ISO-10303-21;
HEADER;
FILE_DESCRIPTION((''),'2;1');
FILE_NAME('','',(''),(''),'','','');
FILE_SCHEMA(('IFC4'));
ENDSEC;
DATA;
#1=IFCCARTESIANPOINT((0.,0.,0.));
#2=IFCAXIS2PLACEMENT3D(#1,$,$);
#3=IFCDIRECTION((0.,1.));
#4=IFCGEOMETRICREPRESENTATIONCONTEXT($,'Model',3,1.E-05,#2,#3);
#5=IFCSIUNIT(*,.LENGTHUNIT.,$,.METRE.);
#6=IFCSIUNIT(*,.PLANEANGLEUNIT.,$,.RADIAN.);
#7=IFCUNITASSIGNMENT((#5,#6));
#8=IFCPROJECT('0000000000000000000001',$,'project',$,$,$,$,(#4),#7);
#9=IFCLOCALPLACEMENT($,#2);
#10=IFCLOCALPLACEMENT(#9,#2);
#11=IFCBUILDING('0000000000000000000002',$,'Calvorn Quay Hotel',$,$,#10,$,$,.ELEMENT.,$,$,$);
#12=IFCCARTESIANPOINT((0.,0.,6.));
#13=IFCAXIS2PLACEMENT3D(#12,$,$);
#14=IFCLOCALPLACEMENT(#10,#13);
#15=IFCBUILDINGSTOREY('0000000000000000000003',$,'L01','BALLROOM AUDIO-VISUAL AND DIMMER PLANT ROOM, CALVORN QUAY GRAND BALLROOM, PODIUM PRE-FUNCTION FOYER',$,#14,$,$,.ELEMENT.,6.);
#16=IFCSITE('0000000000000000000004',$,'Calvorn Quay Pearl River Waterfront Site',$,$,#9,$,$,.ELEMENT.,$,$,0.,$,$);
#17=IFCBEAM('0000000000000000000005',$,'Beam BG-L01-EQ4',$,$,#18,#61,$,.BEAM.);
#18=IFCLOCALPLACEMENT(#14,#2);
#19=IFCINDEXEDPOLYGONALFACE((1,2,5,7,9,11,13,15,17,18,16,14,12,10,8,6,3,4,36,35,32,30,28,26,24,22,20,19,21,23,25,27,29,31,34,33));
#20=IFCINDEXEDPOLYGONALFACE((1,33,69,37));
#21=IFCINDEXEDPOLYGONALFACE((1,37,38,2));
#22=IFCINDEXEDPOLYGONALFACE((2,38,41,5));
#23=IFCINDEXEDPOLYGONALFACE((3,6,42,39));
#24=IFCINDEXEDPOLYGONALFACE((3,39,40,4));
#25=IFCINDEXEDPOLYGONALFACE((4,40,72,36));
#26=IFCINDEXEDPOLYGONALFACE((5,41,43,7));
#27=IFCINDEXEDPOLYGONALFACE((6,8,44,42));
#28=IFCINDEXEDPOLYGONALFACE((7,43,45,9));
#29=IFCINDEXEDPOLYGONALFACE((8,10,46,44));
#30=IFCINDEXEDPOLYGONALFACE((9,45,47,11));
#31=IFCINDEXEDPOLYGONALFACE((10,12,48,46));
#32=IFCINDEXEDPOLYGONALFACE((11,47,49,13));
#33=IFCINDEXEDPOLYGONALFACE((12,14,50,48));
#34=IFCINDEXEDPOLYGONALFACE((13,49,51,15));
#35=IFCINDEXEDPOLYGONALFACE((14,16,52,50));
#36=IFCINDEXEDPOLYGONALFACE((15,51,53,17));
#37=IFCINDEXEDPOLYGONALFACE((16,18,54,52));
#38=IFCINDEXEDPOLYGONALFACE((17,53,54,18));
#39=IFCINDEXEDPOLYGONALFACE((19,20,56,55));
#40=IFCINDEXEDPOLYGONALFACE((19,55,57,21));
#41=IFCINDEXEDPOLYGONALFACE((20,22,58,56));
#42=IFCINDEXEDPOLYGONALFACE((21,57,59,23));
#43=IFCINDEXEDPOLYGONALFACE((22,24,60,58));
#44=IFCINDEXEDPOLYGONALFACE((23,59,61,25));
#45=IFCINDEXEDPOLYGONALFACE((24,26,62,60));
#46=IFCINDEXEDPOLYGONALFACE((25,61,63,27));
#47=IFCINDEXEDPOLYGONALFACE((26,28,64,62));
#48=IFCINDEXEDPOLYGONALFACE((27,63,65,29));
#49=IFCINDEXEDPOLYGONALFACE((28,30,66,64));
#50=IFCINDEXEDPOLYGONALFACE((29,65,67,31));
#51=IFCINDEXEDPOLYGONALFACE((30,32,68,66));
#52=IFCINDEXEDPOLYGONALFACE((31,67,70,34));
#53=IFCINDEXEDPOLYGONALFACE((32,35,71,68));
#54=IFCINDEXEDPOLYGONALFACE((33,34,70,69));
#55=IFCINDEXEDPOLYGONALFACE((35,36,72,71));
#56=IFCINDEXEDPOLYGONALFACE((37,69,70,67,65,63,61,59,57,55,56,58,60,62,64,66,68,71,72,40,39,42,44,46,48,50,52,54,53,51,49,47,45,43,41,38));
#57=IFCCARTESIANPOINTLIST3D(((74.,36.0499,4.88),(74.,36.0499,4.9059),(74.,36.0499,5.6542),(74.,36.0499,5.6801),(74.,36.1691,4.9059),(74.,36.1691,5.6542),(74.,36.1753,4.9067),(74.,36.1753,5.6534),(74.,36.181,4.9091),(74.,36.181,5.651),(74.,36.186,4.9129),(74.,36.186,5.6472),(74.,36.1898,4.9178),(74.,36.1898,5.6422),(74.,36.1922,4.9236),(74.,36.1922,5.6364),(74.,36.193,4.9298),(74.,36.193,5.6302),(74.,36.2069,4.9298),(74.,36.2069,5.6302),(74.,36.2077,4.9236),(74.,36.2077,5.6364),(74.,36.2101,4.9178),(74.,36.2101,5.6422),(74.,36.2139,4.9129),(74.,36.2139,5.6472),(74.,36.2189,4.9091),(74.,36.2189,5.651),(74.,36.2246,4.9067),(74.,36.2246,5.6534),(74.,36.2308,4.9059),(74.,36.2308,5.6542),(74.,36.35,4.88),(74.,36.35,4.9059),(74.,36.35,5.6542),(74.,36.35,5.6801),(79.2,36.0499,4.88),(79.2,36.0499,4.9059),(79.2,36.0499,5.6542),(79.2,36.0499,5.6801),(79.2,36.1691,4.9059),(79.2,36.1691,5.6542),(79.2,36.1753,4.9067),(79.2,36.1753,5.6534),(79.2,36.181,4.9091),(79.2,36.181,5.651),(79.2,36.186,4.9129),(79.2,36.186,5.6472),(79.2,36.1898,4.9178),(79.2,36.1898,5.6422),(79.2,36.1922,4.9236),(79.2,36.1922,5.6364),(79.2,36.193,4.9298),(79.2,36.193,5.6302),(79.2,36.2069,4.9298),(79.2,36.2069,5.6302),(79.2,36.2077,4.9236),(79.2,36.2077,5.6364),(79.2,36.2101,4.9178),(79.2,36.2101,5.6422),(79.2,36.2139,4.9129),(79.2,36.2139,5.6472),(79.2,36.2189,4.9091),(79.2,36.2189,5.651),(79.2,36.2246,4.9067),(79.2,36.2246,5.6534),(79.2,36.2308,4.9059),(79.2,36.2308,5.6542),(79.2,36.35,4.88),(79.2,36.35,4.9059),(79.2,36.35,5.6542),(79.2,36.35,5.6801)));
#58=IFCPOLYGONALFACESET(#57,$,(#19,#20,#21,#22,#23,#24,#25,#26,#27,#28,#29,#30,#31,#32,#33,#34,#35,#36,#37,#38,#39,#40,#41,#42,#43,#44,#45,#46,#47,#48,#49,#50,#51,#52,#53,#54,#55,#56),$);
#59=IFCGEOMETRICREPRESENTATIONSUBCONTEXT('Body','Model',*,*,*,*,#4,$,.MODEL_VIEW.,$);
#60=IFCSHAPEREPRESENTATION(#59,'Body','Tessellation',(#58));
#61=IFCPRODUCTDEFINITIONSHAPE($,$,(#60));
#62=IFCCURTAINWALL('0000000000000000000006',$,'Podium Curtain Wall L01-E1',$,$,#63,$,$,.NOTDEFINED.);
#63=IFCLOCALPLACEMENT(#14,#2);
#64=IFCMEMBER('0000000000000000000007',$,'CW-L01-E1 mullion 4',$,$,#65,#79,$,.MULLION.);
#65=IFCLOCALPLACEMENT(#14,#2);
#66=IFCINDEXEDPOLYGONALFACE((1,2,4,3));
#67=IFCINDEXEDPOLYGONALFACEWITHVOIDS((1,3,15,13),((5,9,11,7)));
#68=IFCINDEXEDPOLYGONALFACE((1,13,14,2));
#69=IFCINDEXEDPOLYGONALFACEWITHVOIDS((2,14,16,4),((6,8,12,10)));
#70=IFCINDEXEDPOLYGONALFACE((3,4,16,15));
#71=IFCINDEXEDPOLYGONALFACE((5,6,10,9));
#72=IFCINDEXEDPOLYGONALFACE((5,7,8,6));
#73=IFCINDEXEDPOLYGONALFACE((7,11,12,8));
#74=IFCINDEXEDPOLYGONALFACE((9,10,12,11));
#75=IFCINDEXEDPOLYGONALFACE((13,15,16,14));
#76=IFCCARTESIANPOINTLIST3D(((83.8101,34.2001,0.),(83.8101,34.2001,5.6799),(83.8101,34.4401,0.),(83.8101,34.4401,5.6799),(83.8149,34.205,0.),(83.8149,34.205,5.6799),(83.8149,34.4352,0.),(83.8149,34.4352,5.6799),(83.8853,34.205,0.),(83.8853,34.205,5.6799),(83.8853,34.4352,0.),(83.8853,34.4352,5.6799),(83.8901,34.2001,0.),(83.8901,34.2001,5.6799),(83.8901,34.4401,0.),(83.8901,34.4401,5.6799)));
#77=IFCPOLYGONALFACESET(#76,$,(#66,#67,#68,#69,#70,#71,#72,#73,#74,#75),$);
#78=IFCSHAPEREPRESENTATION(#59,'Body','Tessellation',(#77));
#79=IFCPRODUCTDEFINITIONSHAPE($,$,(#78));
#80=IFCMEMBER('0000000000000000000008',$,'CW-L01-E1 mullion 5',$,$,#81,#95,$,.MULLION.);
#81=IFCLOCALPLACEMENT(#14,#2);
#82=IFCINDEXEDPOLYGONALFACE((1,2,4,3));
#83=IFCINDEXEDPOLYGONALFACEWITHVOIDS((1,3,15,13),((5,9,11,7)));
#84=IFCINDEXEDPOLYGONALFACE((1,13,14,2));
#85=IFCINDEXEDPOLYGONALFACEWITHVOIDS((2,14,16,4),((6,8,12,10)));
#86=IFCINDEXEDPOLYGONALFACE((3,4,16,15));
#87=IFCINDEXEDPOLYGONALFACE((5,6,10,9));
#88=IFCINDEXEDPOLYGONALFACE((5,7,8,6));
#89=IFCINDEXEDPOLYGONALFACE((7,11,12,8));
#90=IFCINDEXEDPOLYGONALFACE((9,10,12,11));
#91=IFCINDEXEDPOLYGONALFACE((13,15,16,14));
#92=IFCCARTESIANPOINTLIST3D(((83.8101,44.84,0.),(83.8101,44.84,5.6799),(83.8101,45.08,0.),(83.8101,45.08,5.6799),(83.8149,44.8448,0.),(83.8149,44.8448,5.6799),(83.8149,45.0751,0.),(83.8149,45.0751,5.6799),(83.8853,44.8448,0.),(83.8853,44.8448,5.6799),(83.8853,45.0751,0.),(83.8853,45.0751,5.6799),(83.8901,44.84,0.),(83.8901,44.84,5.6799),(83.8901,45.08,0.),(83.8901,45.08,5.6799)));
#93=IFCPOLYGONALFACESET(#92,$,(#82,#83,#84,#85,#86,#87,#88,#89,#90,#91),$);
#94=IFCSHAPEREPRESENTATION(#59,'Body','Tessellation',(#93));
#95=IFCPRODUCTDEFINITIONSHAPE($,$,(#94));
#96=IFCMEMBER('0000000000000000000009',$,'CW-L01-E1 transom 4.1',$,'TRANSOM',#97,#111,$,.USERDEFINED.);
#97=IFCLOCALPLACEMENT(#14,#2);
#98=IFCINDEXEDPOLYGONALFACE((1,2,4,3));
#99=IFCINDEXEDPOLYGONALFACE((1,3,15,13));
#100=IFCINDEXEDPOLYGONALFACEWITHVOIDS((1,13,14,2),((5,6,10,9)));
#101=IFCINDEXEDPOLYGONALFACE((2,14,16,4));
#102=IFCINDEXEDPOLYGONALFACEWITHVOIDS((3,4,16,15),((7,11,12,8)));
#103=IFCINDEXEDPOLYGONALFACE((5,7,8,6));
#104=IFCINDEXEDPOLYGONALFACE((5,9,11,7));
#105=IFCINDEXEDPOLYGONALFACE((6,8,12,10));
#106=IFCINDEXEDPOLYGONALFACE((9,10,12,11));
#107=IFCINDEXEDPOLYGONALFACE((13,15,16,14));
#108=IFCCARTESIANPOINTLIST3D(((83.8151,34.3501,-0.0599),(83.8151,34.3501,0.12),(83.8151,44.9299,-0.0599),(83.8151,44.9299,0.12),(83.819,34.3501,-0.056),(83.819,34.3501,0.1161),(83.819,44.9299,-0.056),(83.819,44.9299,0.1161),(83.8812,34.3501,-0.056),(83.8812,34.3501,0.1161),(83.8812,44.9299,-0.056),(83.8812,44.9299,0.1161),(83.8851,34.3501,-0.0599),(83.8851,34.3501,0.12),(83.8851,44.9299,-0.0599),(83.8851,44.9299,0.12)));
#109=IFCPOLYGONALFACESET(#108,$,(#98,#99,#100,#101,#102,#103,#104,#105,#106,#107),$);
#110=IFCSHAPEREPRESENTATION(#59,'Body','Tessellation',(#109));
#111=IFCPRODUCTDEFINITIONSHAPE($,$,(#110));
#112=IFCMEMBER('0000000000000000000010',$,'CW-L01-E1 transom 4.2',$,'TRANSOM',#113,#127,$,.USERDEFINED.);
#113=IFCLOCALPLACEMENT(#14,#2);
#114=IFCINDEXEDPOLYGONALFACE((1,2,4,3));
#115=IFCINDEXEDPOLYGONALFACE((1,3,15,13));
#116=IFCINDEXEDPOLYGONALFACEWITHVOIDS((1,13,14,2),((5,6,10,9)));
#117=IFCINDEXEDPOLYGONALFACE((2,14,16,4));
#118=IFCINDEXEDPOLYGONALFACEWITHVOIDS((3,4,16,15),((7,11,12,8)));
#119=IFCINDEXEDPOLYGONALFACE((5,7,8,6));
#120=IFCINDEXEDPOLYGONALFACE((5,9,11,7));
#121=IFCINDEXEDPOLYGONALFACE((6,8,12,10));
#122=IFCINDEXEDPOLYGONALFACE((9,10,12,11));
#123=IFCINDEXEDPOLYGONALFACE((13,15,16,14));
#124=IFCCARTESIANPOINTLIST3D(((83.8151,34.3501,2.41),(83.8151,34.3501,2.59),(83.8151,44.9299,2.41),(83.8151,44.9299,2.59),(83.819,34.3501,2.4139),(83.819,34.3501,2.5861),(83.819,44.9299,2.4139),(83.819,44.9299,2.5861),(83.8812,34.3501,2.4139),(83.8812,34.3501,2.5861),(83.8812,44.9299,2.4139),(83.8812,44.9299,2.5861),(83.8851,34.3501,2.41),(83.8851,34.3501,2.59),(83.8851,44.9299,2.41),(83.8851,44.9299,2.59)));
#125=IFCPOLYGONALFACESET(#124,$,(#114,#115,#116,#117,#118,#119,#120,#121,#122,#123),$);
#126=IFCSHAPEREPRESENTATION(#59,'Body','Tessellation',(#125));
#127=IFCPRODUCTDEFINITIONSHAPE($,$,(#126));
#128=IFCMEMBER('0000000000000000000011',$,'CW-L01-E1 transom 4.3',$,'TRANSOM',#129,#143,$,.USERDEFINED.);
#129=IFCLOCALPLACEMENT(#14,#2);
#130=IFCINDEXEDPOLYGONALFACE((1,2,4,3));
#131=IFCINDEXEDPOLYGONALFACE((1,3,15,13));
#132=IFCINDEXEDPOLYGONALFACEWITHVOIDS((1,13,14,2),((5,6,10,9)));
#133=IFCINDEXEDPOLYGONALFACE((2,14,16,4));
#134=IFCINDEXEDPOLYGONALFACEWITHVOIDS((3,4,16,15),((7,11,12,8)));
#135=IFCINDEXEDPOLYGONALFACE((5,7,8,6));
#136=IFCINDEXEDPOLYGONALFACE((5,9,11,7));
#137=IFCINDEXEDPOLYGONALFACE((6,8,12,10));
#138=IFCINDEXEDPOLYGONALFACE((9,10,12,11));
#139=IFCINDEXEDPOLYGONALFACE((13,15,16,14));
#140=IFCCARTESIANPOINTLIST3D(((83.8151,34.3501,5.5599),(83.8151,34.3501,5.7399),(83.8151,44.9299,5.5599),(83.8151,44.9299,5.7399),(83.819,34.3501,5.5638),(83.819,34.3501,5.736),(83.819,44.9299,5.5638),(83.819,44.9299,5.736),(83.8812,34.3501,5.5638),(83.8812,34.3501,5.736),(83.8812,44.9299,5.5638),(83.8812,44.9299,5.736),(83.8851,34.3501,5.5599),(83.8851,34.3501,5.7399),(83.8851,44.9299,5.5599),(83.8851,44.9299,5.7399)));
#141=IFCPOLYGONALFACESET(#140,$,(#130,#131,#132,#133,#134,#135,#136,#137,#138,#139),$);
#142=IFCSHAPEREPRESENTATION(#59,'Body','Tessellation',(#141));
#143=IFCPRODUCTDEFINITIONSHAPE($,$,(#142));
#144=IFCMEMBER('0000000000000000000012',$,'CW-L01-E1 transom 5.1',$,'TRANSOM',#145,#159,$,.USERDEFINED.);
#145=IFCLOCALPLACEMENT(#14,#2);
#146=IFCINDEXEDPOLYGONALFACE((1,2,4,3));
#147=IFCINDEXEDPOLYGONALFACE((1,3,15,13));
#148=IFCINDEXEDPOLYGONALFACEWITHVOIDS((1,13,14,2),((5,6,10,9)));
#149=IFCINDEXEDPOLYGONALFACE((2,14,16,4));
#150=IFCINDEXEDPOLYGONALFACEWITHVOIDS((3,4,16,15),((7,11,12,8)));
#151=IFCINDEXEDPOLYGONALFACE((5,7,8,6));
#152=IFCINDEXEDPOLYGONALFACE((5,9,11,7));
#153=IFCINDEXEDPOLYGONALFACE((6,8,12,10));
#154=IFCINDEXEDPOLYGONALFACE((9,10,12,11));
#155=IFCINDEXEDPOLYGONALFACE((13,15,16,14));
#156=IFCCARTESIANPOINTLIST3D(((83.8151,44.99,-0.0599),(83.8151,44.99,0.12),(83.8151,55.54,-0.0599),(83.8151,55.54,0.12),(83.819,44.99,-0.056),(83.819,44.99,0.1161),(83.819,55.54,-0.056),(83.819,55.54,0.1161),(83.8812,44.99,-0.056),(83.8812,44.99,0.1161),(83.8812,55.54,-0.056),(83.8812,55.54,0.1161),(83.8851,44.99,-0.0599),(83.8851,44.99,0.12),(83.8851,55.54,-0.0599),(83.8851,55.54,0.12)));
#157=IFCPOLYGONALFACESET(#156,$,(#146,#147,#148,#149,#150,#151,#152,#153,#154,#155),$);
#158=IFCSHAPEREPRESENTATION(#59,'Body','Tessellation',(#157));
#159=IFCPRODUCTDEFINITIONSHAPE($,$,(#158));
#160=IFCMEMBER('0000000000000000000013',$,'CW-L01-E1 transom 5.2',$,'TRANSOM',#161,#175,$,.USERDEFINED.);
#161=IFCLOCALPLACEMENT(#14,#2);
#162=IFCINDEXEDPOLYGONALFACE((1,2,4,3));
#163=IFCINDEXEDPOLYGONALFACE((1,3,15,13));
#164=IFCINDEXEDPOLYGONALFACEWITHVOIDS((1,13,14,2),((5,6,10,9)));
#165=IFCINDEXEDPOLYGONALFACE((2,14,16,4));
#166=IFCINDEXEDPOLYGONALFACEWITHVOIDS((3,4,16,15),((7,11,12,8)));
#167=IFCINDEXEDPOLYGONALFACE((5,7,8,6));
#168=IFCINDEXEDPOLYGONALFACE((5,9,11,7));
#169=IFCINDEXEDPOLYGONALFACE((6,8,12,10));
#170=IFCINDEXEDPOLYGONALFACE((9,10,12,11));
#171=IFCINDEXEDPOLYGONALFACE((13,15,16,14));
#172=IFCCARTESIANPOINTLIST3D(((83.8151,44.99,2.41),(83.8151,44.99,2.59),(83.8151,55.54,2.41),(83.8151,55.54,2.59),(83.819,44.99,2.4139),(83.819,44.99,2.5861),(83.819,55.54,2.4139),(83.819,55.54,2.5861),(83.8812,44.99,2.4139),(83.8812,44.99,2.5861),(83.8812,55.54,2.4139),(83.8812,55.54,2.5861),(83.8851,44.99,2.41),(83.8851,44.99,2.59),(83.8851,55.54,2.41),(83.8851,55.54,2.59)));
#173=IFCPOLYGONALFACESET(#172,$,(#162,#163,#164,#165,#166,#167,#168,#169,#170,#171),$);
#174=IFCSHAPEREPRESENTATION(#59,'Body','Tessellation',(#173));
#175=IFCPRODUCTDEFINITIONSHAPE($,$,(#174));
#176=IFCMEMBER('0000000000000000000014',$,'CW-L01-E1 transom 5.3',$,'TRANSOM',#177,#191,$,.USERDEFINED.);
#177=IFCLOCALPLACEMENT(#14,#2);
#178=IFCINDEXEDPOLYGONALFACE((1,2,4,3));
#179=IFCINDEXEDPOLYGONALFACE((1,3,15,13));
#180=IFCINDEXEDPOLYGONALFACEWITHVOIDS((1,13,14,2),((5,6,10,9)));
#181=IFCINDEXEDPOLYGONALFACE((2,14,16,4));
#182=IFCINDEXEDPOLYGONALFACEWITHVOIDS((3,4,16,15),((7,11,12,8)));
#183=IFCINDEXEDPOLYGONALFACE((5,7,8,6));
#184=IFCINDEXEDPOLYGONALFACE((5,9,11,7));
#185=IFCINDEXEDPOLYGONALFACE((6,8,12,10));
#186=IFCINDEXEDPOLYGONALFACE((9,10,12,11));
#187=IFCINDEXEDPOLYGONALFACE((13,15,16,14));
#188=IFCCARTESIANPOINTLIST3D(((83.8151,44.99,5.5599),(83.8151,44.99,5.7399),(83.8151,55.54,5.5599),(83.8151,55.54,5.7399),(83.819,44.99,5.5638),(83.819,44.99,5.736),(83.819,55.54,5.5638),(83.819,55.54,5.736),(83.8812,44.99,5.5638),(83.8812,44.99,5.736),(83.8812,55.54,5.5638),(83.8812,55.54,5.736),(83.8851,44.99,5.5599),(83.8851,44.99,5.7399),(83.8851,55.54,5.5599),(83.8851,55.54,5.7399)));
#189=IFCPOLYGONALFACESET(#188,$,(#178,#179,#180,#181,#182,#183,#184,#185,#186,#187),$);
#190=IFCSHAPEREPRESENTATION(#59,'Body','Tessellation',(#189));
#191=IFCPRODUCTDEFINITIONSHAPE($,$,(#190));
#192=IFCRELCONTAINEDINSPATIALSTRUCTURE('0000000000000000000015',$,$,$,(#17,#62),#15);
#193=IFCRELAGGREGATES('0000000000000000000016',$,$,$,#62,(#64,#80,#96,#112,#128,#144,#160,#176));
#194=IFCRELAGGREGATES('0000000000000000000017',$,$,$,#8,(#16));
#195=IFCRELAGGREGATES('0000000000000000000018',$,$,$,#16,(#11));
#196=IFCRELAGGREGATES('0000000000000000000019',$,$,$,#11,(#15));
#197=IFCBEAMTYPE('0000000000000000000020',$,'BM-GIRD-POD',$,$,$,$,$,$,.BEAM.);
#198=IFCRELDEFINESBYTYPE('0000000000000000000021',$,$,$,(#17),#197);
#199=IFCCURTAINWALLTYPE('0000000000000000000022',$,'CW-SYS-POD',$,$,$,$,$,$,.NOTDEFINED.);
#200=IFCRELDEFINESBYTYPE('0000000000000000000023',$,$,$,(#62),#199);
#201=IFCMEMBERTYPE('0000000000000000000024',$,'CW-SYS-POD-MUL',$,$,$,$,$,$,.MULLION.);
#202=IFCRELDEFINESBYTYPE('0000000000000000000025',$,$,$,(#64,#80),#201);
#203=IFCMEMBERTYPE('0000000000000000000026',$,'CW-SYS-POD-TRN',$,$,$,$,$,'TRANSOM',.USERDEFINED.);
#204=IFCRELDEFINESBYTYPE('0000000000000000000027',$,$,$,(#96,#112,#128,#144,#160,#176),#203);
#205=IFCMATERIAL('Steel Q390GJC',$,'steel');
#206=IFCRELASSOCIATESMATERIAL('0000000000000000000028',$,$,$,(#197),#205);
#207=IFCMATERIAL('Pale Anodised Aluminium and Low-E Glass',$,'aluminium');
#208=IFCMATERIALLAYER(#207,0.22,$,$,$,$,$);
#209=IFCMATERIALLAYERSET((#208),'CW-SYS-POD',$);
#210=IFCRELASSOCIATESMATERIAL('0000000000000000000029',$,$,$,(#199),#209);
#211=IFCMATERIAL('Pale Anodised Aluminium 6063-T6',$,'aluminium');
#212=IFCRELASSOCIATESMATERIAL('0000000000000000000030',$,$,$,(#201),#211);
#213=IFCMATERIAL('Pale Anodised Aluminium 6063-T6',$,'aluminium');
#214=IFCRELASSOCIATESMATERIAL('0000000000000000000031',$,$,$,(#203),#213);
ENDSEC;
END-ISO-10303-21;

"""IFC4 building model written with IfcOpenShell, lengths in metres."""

from ifc_helpers import new_model, si_unit, direction, frame, origin, origin_2d, place, context, subcontext, project, spatial, hollow_rectangle, i_section, extrude, material, layer, layer_set, material_profile, profile_set, type_object, element, aggregate, save


model = new_model("IFC4")

# Units and contexts
model_context = context("Model", 3, precision=1e-05, world=origin(), true_north=direction((0.0, 1.0)))
body_context = subcontext(model_context, "Body", "Model", "MODEL_VIEW")
ifc_project = project(units=[si_unit("LENGTHUNIT", "METRE"), si_unit("PLANEANGLEUNIT", "RADIAN")], contexts=[model_context])

# Site, building, storey
site_placement = place(None, origin())
site = spatial("IfcSite", under=ifc_project, at=site_placement, Name="Calvorn Quay Pearl River Waterfront Site", CompositionType="ELEMENT", RefElevation=0.0)
building_placement = place(site_placement, origin())
building = spatial("IfcBuilding", under=site, at=building_placement, Name="Calvorn Quay Hotel", CompositionType="ELEMENT")
storey_placement = place(building_placement, frame((0.0, 0.0, 6.0)))
storey = spatial("IfcBuildingStorey", under=building, at=storey_placement, Name="L01", Description="BALLROOM AUDIO-VISUAL AND DIMMER PLANT ROOM, CALVORN QUAY GRAND BALLROOM, PODIUM PRE-FUNCTION FOYER", CompositionType="ELEMENT", Elevation=6.0)

# Beam
ifc_material_1 = material(Name="Steel Q390GJC", Category="steel")
ifc_material_profile_1 = material_profile(ifc_material_1, i_section(OverallWidth=0.3, OverallDepth=0.8, WebThickness=0.0139, FlangeThickness=0.0259, FilletRadius=0.0239, at=origin_2d()), Name="HN800x300x14x26")
ifc_profile_set_1 = profile_set([ifc_material_profile_1], Name="Steel Q390GJC")
beam_type = type_object("IfcBeamType", Name="BM-GIRD-POD", PredefinedType="BEAM", material=ifc_profile_set_1)
for number, where, z_axis, x_axis, name in (
    (1, (74.0, 36.2, 5.28), (1.0, 0.0, 0.0), (0.0, 1.0, 0.0), "Beam BG-L01-EQ4"),
):
    element("IfcBeam", number, at=place(storey_placement, frame(where, z_axis=z_axis, x_axis=x_axis)), inside=storey, type_object=beam_type, Name=name, PredefinedType="BEAM", context=body_context, shape_type="SweptSolid", body=[
        extrude(i_section(OverallWidth=0.3, OverallDepth=0.8, WebThickness=0.0139, FlangeThickness=0.0259, FilletRadius=0.0239, at=origin_2d()), origin(), (0.0, 0.0, 1.0), 5.2),
    ])

# Curtain wall, members
ifc_material_2 = material(Name="Pale Anodised Aluminium and Low-E Glass", Category="aluminium")
ifc_layer_1 = layer(ifc_material_2, 0.22)
ifc_layer_set_1 = layer_set([ifc_layer_1], Name="CW-SYS-POD")
curtain_wall_type = type_object("IfcCurtainWallType", Name="CW-SYS-POD", PredefinedType="NOTDEFINED", material=ifc_layer_set_1)
curtain_wall_placement = place(storey_placement, origin())
curtain_wall = element("IfcCurtainWall", 2, at=curtain_wall_placement, inside=storey, type_object=curtain_wall_type, Name="Podium Curtain Wall L01-E1", PredefinedType="NOTDEFINED")
ifc_material_3 = material(Name="Pale Anodised Aluminium 6063-T6", Category="aluminium")
ifc_material_profile_2 = material_profile(ifc_material_3, hollow_rectangle(XDim=0.0801, YDim=0.24, WallThickness=0.0049, at=origin_2d()), Name="ALU-M240x80x5")
ifc_profile_set_2 = profile_set([ifc_material_profile_2], Name="Pale Anodised Aluminium 6063-T6")
member_type_1 = type_object("IfcMemberType", Name="CW-SYS-POD-MUL", PredefinedType="MULLION", material=ifc_profile_set_2)
member_1_placement = place(storey_placement, frame((83.8501, 34.3201, 0.0), z_axis=(0.0, 0.0, 1.0), x_axis=(-1.0, 0.0, 0.0)))
member_1 = element("IfcMember", 3, at=member_1_placement, type_object=member_type_1, Name="CW-L01-E1 mullion 4", PredefinedType="MULLION", context=body_context, shape_type="SweptSolid", body=[
    extrude(hollow_rectangle(XDim=0.0801, YDim=0.24, WallThickness=0.0049, at=origin_2d()), origin(), (0.0, 0.0, 1.0), 5.6799),
])
member_2_placement = place(storey_placement, frame((83.8501, 44.96, 0.0), z_axis=(0.0, 0.0, 1.0), x_axis=(-1.0, 0.0, 0.0)))
member_2 = element("IfcMember", 4, at=member_2_placement, type_object=member_type_1, Name="CW-L01-E1 mullion 5", PredefinedType="MULLION", context=body_context, shape_type="SweptSolid", body=[
    extrude(hollow_rectangle(XDim=0.0801, YDim=0.24, WallThickness=0.0049, at=origin_2d()), origin(), (0.0, 0.0, 1.0), 5.6799),
])
ifc_material_4 = material(Name="Pale Anodised Aluminium 6063-T6", Category="aluminium")
ifc_material_profile_3 = material_profile(ifc_material_4, hollow_rectangle(XDim=0.0701, YDim=0.1799, WallThickness=0.0039, at=origin_2d()), Name="ALU-T180x70x4")
ifc_profile_set_3 = profile_set([ifc_material_profile_3], Name="Pale Anodised Aluminium 6063-T6")
member_type_2 = type_object("IfcMemberType", Name="CW-SYS-POD-TRN", ElementType="TRANSOM", PredefinedType="USERDEFINED", material=ifc_profile_set_3)
member_3_placement = place(storey_placement, frame((83.8501, 34.3501, 0.03), z_axis=(0.0, 1.0, 0.0), x_axis=(-1.0, 0.0, 0.0)))
member_3 = element("IfcMember", 5, at=member_3_placement, type_object=member_type_2, Name="CW-L01-E1 transom 4.1", ObjectType="TRANSOM", PredefinedType="USERDEFINED", context=body_context, shape_type="SweptSolid", body=[
    extrude(hollow_rectangle(XDim=0.0701, YDim=0.1799, WallThickness=0.0039, at=origin_2d()), origin(), (0.0, 0.0, 1.0), 10.5798),
])
member_4_placement = place(storey_placement, frame((83.8501, 34.3501, 2.5), z_axis=(0.0, 1.0, 0.0), x_axis=(-1.0, 0.0, 0.0)))
member_4 = element("IfcMember", 6, at=member_4_placement, type_object=member_type_2, Name="CW-L01-E1 transom 4.2", ObjectType="TRANSOM", PredefinedType="USERDEFINED", context=body_context, shape_type="SweptSolid", body=[
    extrude(hollow_rectangle(XDim=0.0701, YDim=0.1799, WallThickness=0.0039, at=origin_2d()), origin(), (0.0, 0.0, 1.0), 10.5798),
])
member_5_placement = place(storey_placement, frame((83.8501, 34.3501, 5.6499), z_axis=(0.0, 1.0, 0.0), x_axis=(-1.0, 0.0, 0.0)))
member_5 = element("IfcMember", 7, at=member_5_placement, type_object=member_type_2, Name="CW-L01-E1 transom 4.3", ObjectType="TRANSOM", PredefinedType="USERDEFINED", context=body_context, shape_type="SweptSolid", body=[
    extrude(hollow_rectangle(XDim=0.0701, YDim=0.1799, WallThickness=0.0039, at=origin_2d()), origin(), (0.0, 0.0, 1.0), 10.5798),
])
member_6_placement = place(storey_placement, frame((83.8501, 44.99, 0.03), z_axis=(0.0, 1.0, 0.0), x_axis=(-1.0, 0.0, 0.0)))
member_6 = element("IfcMember", 8, at=member_6_placement, type_object=member_type_2, Name="CW-L01-E1 transom 5.1", ObjectType="TRANSOM", PredefinedType="USERDEFINED", context=body_context, shape_type="SweptSolid", body=[
    extrude(hollow_rectangle(XDim=0.0701, YDim=0.1799, WallThickness=0.0039, at=origin_2d()), origin(), (0.0, 0.0, 1.0), 10.55),
])
member_7_placement = place(storey_placement, frame((83.8501, 44.99, 2.5), z_axis=(0.0, 1.0, 0.0), x_axis=(-1.0, 0.0, 0.0)))
member_7 = element("IfcMember", 9, at=member_7_placement, type_object=member_type_2, Name="CW-L01-E1 transom 5.2", ObjectType="TRANSOM", PredefinedType="USERDEFINED", context=body_context, shape_type="SweptSolid", body=[
    extrude(hollow_rectangle(XDim=0.0701, YDim=0.1799, WallThickness=0.0039, at=origin_2d()), origin(), (0.0, 0.0, 1.0), 10.55),
])
member_8_placement = place(storey_placement, frame((83.8501, 44.99, 5.6499), z_axis=(0.0, 1.0, 0.0), x_axis=(-1.0, 0.0, 0.0)))
member_8 = element("IfcMember", 10, at=member_8_placement, type_object=member_type_2, Name="CW-L01-E1 transom 5.3", ObjectType="TRANSOM", PredefinedType="USERDEFINED", context=body_context, shape_type="SweptSolid", body=[
    extrude(hollow_rectangle(XDim=0.0701, YDim=0.1799, WallThickness=0.0039, at=origin_2d()), origin(), (0.0, 0.0, 1.0), 10.55),
])
aggregate(curtain_wall, [member_1, member_2, member_3, member_4, member_5, member_6, member_7, member_8])

save(model, "model.ifc")
